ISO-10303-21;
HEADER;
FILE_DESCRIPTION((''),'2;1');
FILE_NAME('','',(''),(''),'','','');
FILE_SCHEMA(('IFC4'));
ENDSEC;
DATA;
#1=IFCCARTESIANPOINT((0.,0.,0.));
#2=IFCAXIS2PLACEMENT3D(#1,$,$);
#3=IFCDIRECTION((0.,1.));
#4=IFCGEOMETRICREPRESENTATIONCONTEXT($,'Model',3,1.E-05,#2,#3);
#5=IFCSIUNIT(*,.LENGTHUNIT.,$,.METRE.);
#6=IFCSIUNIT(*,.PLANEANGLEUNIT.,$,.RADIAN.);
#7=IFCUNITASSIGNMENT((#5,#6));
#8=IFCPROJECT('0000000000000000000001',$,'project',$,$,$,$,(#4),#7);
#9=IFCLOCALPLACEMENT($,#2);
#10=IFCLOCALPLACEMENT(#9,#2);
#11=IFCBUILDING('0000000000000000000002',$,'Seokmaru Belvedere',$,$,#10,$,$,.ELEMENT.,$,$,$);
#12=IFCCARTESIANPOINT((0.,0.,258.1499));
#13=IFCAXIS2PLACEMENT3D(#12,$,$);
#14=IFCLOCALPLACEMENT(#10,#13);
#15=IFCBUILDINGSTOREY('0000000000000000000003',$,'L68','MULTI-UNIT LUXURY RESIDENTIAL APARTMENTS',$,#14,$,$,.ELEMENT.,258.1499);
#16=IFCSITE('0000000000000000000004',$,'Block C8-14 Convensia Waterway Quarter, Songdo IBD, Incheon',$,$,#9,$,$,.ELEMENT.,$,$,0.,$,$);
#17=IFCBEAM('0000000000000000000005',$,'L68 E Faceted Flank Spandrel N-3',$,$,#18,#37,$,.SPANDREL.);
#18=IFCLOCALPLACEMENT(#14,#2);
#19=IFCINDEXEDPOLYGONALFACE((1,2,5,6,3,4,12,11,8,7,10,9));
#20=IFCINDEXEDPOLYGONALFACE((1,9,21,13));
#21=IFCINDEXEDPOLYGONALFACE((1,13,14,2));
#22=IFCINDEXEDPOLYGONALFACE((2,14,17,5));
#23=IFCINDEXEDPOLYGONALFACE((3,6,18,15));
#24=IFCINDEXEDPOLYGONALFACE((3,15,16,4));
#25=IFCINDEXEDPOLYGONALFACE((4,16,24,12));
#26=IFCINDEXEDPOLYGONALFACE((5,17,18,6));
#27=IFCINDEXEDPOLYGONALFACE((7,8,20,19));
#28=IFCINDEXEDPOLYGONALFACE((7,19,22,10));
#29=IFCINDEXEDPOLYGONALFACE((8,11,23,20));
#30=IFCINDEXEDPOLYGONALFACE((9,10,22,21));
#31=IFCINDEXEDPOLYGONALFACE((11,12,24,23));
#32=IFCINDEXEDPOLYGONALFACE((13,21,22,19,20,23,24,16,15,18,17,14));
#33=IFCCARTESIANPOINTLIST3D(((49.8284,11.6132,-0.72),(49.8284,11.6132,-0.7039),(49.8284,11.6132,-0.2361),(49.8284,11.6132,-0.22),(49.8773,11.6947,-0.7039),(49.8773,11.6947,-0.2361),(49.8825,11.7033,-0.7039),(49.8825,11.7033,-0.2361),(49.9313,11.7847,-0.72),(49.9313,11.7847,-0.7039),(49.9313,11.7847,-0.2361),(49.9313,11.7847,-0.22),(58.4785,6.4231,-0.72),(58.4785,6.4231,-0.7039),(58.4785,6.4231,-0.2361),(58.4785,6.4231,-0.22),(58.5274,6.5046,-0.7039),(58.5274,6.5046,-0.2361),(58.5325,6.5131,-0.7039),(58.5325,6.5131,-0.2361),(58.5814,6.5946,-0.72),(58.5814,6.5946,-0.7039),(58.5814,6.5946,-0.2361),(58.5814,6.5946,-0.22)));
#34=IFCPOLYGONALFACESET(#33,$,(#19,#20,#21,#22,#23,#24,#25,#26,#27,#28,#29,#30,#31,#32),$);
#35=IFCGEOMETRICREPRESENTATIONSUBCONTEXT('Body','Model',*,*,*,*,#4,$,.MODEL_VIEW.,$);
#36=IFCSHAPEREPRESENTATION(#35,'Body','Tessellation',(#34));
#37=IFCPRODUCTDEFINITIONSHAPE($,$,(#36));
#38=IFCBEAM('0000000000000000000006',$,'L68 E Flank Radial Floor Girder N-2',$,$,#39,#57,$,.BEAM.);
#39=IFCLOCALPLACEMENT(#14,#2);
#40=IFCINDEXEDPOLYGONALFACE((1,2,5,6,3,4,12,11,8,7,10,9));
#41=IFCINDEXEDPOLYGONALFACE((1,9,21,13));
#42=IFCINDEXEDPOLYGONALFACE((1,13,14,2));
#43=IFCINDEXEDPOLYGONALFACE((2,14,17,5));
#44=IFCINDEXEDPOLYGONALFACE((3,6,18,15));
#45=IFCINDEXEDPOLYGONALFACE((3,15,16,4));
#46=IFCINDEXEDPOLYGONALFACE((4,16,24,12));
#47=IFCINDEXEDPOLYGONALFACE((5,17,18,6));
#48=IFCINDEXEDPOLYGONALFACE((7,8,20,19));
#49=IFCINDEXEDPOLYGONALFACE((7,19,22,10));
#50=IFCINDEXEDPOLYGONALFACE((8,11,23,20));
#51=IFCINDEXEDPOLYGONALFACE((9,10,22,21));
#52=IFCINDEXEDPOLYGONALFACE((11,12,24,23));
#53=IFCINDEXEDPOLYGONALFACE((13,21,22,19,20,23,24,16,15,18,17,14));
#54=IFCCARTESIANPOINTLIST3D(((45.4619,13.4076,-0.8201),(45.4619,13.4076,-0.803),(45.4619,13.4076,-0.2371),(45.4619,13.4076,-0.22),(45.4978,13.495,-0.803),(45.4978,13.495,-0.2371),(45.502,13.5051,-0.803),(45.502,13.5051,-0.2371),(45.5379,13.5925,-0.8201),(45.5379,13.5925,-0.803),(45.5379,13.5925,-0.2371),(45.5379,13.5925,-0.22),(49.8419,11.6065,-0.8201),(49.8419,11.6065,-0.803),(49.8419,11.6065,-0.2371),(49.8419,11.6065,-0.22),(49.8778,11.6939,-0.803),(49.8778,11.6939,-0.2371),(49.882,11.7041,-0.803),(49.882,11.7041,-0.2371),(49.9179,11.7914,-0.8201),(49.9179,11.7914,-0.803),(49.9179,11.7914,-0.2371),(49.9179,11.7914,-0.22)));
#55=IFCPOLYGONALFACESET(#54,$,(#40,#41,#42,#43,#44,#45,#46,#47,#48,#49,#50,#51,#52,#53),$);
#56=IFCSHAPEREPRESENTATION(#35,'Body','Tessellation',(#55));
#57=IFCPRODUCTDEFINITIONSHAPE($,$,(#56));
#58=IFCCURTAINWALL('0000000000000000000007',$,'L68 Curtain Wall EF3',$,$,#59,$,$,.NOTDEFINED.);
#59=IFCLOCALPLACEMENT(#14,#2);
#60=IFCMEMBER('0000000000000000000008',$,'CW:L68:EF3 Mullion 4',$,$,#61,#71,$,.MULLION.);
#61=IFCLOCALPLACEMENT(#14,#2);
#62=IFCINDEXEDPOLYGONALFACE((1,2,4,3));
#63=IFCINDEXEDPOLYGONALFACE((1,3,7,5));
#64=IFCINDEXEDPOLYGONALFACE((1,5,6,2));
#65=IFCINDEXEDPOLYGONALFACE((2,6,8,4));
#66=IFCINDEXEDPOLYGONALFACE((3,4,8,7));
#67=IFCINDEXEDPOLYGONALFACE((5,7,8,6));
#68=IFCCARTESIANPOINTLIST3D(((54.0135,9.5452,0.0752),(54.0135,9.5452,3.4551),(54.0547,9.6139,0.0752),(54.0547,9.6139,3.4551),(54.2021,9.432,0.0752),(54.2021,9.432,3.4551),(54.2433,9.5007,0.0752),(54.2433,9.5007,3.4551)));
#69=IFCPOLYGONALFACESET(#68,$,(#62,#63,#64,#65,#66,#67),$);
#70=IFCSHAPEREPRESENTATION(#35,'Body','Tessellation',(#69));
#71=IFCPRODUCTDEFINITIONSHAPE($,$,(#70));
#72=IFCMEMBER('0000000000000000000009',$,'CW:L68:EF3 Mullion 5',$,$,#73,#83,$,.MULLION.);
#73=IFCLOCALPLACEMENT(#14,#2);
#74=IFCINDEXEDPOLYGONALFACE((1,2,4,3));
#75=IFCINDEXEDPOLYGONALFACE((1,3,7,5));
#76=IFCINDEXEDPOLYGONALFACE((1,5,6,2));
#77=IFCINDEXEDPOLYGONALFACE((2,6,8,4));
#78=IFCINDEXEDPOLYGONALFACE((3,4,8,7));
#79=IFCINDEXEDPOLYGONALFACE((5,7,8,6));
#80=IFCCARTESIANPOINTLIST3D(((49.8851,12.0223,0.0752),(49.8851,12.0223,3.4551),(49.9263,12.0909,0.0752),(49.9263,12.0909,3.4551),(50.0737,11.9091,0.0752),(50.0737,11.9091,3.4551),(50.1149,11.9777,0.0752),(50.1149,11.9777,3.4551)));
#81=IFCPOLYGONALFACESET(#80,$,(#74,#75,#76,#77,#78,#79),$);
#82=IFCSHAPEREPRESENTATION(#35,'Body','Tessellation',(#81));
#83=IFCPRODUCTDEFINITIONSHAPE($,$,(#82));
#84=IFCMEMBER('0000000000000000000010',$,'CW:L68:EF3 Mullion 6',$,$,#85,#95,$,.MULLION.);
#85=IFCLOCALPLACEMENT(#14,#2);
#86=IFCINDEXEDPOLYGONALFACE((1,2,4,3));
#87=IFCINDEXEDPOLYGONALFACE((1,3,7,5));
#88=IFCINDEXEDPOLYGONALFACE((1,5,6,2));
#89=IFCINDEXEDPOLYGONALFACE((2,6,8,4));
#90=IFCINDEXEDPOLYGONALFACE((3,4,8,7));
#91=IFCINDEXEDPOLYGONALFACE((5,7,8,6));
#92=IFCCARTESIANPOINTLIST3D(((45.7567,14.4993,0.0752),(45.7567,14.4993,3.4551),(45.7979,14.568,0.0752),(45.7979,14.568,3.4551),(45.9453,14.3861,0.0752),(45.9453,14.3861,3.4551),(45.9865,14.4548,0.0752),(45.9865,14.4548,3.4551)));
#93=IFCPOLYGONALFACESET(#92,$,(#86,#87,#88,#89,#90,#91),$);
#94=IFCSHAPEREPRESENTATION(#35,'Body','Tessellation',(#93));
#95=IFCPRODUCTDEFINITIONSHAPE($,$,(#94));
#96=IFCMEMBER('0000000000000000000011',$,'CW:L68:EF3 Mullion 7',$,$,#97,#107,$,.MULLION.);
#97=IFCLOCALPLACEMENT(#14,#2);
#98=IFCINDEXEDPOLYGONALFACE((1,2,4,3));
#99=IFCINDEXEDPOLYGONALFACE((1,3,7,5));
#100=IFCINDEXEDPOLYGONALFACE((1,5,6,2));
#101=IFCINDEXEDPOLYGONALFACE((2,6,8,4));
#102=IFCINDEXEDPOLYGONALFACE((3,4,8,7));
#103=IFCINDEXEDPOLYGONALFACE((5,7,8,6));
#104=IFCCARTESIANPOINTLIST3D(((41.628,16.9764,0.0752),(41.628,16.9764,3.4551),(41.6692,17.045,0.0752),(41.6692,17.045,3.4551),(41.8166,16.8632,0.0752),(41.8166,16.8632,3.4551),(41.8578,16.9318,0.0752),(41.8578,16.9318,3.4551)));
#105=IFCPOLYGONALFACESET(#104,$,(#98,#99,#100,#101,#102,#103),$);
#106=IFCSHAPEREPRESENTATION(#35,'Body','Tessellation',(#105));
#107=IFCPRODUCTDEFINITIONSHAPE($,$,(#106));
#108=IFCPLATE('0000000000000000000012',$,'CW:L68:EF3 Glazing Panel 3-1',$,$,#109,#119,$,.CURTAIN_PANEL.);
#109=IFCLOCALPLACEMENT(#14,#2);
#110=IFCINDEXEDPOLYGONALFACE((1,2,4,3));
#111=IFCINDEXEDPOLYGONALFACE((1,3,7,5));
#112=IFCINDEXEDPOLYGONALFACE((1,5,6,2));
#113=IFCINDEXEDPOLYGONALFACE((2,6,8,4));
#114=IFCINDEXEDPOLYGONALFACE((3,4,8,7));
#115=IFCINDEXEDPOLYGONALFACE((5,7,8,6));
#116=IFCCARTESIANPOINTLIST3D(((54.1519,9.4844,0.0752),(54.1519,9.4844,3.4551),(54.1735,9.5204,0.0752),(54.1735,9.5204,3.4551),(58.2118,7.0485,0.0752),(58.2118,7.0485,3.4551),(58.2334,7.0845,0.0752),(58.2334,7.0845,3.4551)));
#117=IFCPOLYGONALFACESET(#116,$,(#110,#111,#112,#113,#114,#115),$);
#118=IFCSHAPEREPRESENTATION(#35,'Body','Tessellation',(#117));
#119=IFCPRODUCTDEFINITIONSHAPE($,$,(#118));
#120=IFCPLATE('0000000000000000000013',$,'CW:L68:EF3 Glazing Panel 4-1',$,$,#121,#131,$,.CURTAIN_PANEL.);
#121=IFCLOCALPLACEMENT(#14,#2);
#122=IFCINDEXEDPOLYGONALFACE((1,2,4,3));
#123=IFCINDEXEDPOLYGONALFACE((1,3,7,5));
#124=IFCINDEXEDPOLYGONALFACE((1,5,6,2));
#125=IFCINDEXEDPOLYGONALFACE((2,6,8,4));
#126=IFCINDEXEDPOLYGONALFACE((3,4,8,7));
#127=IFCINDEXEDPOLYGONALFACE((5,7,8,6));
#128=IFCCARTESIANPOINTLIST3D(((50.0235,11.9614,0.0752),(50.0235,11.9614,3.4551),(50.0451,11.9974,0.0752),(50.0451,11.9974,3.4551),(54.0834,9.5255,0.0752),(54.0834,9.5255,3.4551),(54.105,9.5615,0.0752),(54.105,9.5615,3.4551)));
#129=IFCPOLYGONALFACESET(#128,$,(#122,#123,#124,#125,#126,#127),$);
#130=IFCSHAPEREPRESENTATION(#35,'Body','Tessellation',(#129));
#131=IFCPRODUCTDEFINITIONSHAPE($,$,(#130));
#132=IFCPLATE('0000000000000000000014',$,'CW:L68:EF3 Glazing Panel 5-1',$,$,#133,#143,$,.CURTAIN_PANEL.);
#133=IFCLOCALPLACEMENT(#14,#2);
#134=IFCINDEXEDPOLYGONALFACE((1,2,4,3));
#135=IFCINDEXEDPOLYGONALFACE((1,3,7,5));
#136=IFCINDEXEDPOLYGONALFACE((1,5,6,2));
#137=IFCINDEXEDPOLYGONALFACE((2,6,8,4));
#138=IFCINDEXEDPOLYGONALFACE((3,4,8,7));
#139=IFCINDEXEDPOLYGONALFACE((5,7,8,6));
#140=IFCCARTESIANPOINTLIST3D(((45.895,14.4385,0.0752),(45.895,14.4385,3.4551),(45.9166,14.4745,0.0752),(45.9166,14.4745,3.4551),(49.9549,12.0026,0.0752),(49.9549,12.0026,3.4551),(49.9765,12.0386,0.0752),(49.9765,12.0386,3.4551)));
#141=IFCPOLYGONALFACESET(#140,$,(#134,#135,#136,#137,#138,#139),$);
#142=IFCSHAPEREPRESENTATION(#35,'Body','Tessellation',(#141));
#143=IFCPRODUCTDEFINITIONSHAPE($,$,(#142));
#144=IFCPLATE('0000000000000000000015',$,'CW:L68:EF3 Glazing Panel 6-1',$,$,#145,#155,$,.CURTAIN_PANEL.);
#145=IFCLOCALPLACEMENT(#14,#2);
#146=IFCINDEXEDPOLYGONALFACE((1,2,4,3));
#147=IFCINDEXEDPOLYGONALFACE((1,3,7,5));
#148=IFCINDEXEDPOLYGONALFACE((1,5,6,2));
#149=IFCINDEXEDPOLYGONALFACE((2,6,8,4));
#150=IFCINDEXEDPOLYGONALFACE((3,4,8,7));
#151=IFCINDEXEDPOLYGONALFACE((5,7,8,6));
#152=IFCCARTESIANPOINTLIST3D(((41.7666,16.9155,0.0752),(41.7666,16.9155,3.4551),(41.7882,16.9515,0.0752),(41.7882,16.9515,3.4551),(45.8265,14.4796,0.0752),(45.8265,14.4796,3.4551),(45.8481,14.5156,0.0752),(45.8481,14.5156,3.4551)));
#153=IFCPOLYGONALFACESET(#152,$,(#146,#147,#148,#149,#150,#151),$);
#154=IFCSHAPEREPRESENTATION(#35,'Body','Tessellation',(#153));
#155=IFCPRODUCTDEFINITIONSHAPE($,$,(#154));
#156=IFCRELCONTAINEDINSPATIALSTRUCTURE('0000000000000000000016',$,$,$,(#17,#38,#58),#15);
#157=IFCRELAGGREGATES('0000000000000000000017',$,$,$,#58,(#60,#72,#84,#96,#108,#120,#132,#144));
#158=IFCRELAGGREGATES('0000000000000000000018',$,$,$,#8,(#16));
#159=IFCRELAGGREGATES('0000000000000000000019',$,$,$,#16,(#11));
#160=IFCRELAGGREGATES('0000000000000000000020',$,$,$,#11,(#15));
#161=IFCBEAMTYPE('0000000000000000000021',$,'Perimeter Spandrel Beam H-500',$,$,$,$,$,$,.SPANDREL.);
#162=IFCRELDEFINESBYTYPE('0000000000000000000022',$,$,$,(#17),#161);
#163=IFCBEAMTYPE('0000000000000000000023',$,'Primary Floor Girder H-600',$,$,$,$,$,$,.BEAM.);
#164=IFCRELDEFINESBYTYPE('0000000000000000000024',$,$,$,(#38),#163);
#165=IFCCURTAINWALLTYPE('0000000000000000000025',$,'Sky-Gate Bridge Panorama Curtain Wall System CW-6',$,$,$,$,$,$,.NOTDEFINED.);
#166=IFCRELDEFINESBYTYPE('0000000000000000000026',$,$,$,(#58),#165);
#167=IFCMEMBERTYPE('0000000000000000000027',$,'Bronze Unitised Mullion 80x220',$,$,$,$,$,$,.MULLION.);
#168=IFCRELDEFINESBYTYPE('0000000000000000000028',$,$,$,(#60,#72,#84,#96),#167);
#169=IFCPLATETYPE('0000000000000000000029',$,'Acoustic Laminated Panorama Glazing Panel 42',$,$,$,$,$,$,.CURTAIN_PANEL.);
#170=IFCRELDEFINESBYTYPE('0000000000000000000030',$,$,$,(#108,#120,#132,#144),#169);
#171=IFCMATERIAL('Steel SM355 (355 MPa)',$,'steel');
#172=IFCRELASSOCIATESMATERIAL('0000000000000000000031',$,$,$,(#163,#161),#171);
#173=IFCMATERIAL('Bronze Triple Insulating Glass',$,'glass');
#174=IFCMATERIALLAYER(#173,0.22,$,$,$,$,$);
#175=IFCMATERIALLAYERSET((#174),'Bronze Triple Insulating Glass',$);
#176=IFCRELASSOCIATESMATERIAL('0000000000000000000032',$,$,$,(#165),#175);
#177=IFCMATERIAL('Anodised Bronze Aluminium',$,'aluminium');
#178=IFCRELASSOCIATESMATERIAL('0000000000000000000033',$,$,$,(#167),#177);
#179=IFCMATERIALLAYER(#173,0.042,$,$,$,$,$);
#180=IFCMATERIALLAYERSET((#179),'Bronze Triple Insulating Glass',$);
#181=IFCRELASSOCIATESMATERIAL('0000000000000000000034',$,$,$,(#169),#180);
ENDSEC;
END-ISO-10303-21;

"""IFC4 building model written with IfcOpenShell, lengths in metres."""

from ifc_helpers import new_model, si_unit, direction, frame, origin, origin_2d, place, context, subcontext, project, spatial, rectangle, i_section, extrude, source, transform, mapped, material, layer, layer_set, material_profile, profile_set, type_object, type_shapes, element, aggregate, save


model = new_model("IFC4")

# Units and contexts
model_context = context("Model", 3, precision=1e-05, world=origin(), true_north=direction((0.0, 1.0)))
body_context = subcontext(model_context, "Body", "Model", "MODEL_VIEW")
ifc_project = project(units=[si_unit("LENGTHUNIT", "METRE"), si_unit("PLANEANGLEUNIT", "RADIAN")], contexts=[model_context])

# Site, building, storey
site_placement = place(None, origin())
site = spatial("IfcSite", under=ifc_project, at=site_placement, Name="Block C8-14 Convensia Waterway Quarter, Songdo IBD, Incheon", CompositionType="ELEMENT", RefElevation=0.0)
building_placement = place(site_placement, origin())
building = spatial("IfcBuilding", under=site, at=building_placement, Name="Seokmaru Belvedere", CompositionType="ELEMENT")
storey_placement = place(building_placement, frame((0.0, 0.0, 258.1499)))
storey = spatial("IfcBuildingStorey", under=building, at=storey_placement, Name="L68", Description="MULTI-UNIT LUXURY RESIDENTIAL APARTMENTS", CompositionType="ELEMENT", Elevation=258.1499)

# Shared definitions
ifc_material_1 = material(Name="Steel SM355 (355 MPa)", Category="steel")

# Beams
ifc_material_profile_1 = material_profile(ifc_material_1, i_section(OverallWidth=0.2, OverallDepth=0.6001, WebThickness=0.011, FlangeThickness=0.0171, at=origin_2d()), Name="H-600x200x11x17")
ifc_profile_set_1 = profile_set([ifc_material_profile_1], Name="Steel SM355 (355 MPa)")
beam_type_1 = type_object("IfcBeamType", Name="Primary Floor Girder H-600", PredefinedType="BEAM", material=ifc_profile_set_1)
ifc_material_profile_2 = material_profile(ifc_material_1, i_section(OverallWidth=0.2, OverallDepth=0.5, WebThickness=0.01, FlangeThickness=0.0161, at=origin_2d()), Name="H-500x200x10x16")
ifc_profile_set_2 = profile_set([ifc_material_profile_2], Name="Steel SM355 (355 MPa)")
beam_type_2 = type_object("IfcBeamType", Name="Perimeter Spandrel Beam H-500", PredefinedType="SPANDREL", material=ifc_profile_set_2)
shared_shape_1 = source(origin(), body_context, "Body", "SweptSolid", [
    extrude(i_section(OverallWidth=0.2, OverallDepth=0.5, WebThickness=0.01, FlangeThickness=0.0161, at=origin_2d()), origin(), (0.0, 0.0, 1.0), 10.0876),
])
type_shapes(beam_type_2, [shared_shape_1])
beam_1_placement = place(storey_placement, frame((49.8799, 11.699, -0.47), z_axis=(0.857489, -0.514503, 0.0), x_axis=(0.514503, 0.857489, 0.0)))
element("IfcBeam", 1, at=beam_1_placement, inside=storey, type_object=beam_type_2, Name="L68 E Faceted Flank Spandrel N-3", PredefinedType="SPANDREL", context=body_context, shape_type="MappedRepresentation", body=[
    mapped(shared_shape_1, transform((0.0, 0.0, 0.0), scale=1.0)),
])
shared_shape_2 = source(origin(), body_context, "Body", "SweptSolid", [
    extrude(i_section(OverallWidth=0.2, OverallDepth=0.6001, WebThickness=0.011, FlangeThickness=0.0171, at=origin_2d()), origin(), (0.0, 0.0, 1.0), 4.7358),
])
beam_2_placement = place(storey_placement, frame((49.8799, 11.699, -0.52), z_axis=(-0.924861, 0.380306, 0.0), x_axis=(-0.380306, -0.924861, 0.0)))
element("IfcBeam", 2, at=beam_2_placement, inside=storey, type_object=beam_type_1, Name="L68 E Flank Radial Floor Girder N-2", PredefinedType="BEAM", context=body_context, shape_type="MappedRepresentation", body=[
    mapped(shared_shape_2, transform((0.0, 0.0, 0.0), scale=1.0)),
])

# Curtain wall, members, plates
ifc_material_2 = material(Name="Bronze Triple Insulating Glass", Category="glass")
ifc_layer_1 = layer(ifc_material_2, 0.22)
ifc_layer_set_1 = layer_set([ifc_layer_1], Name="Bronze Triple Insulating Glass")
curtain_wall_type = type_object("IfcCurtainWallType", Name="Sky-Gate Bridge Panorama Curtain Wall System CW-6", PredefinedType="NOTDEFINED", material=ifc_layer_set_1)
curtain_wall_placement = place(storey_placement, origin())
curtain_wall = element("IfcCurtainWall", 3, at=curtain_wall_placement, inside=storey, type_object=curtain_wall_type, Name="L68 Curtain Wall EF3", PredefinedType="NOTDEFINED")
ifc_material_3 = material(Name="Anodised Bronze Aluminium", Category="aluminium")
ifc_material_profile_3 = material_profile(ifc_material_3, rectangle(XDim=0.0801, YDim=0.22, at=origin_2d()), Name="CW-M-80x220")
ifc_profile_set_3 = profile_set([ifc_material_profile_3], Name="Anodised Bronze Aluminium")
member_type = type_object("IfcMemberType", Name="Bronze Unitised Mullion 80x220", PredefinedType="MULLION", material=ifc_profile_set_3)
shared_shape_3 = source(origin(), body_context, "Body", "SweptSolid", [
    extrude(rectangle(XDim=0.0801, YDim=0.22, at=origin_2d()), origin(), (0.0, 0.0, 1.0), 3.3799),
])
type_shapes(member_type, [shared_shape_3])
member_1_placement = place(storey_placement, frame((54.1284, 9.5229, 0.0752), z_axis=(0.0, 0.0, 1.0), x_axis=(-0.514495, -0.857493, 0.0)))
member_1 = element("IfcMember", 4, at=member_1_placement, type_object=member_type, Name="CW:L68:EF3 Mullion 4", PredefinedType="MULLION", context=body_context, shape_type="MappedRepresentation", body=[
    mapped(shared_shape_3, transform((0.0, 0.0, 0.0), scale=1.0)),
])
member_2_placement = place(storey_placement, frame((50.0, 12.0, 0.0752), z_axis=(0.0, 0.0, 1.0), x_axis=(-0.514495, -0.857493, 0.0)))
member_2 = element("IfcMember", 5, at=member_2_placement, type_object=member_type, Name="CW:L68:EF3 Mullion 5", PredefinedType="MULLION", context=body_context, shape_type="MappedRepresentation", body=[
    mapped(shared_shape_3, transform((0.0, 0.0, 0.0), scale=1.0)),
])
member_3_placement = place(storey_placement, frame((45.8716, 14.4771, 0.0752), z_axis=(0.0, 0.0, 1.0), x_axis=(-0.514495, -0.857493, 0.0)))
member_3 = element("IfcMember", 6, at=member_3_placement, type_object=member_type, Name="CW:L68:EF3 Mullion 6", PredefinedType="MULLION", context=body_context, shape_type="MappedRepresentation", body=[
    mapped(shared_shape_3, transform((0.0, 0.0, 0.0), scale=1.0)),
])
member_4_placement = place(storey_placement, frame((41.7429, 16.9541, 0.0752), z_axis=(0.0, 0.0, 1.0), x_axis=(-0.514495, -0.857493, 0.0)))
member_4 = element("IfcMember", 7, at=member_4_placement, type_object=member_type, Name="CW:L68:EF3 Mullion 7", PredefinedType="MULLION", context=body_context, shape_type="MappedRepresentation", body=[
    mapped(shared_shape_3, transform((0.0, 0.0, 0.0), scale=1.0)),
])
ifc_layer_2 = layer(ifc_material_2, 0.042)
ifc_layer_set_2 = layer_set([ifc_layer_2], Name="Bronze Triple Insulating Glass")
plate_type = type_object("IfcPlateType", Name="Acoustic Laminated Panorama Glazing Panel 42", PredefinedType="CURTAIN_PANEL", material=ifc_layer_set_2)
shared_shape_4 = source(origin(), body_context, "Body", "SweptSolid", [
    extrude(rectangle(XDim=4.7346, YDim=0.042, at=origin_2d()), origin(), (0.0, 0.0, 1.0), 3.3799),
])
type_shapes(plate_type, [shared_shape_4])
plate_1_placement = place(storey_placement, frame((56.1926, 8.2844, 0.0752), z_axis=(0.0, 0.0, 1.0), x_axis=(-0.857493, 0.514495, 0.0)))
plate_1 = element("IfcPlate", 8, at=plate_1_placement, type_object=plate_type, Name="CW:L68:EF3 Glazing Panel 3-1", PredefinedType="CURTAIN_PANEL", context=body_context, shape_type="MappedRepresentation", body=[
    mapped(shared_shape_4, transform((0.0, 0.0, 0.0), scale=1.0)),
])
plate_2_placement = place(storey_placement, frame((52.0642, 10.7615, 0.0752), z_axis=(0.0, 0.0, 1.0), x_axis=(-0.857493, 0.514495, 0.0)))
plate_2 = element("IfcPlate", 9, at=plate_2_placement, type_object=plate_type, Name="CW:L68:EF3 Glazing Panel 4-1", PredefinedType="CURTAIN_PANEL", context=body_context, shape_type="MappedRepresentation", body=[
    mapped(shared_shape_4, transform((0.0, 0.0, 0.0), scale=1.0)),
])
plate_3_placement = place(storey_placement, frame((47.9358, 13.2385, 0.0752), z_axis=(0.0, 0.0, 1.0), x_axis=(-0.857493, 0.514495, 0.0)))
plate_3 = element("IfcPlate", 10, at=plate_3_placement, type_object=plate_type, Name="CW:L68:EF3 Glazing Panel 5-1", PredefinedType="CURTAIN_PANEL", context=body_context, shape_type="MappedRepresentation", body=[
    mapped(shared_shape_4, transform((0.0, 0.0, 0.0), scale=1.0)),
])
plate_4_placement = place(storey_placement, frame((43.8074, 15.7156, 0.0752), z_axis=(0.0, 0.0, 1.0), x_axis=(-0.857493, 0.514495, 0.0)))
plate_4 = element("IfcPlate", 11, at=plate_4_placement, type_object=plate_type, Name="CW:L68:EF3 Glazing Panel 6-1", PredefinedType="CURTAIN_PANEL", context=body_context, shape_type="MappedRepresentation", body=[
    mapped(shared_shape_4, transform((0.0, 0.0, 0.0), scale=1.0)),
])
aggregate(curtain_wall, [member_1, member_2, member_3, member_4, plate_1, plate_2, plate_3, plate_4])

save(model, "model.ifc")
